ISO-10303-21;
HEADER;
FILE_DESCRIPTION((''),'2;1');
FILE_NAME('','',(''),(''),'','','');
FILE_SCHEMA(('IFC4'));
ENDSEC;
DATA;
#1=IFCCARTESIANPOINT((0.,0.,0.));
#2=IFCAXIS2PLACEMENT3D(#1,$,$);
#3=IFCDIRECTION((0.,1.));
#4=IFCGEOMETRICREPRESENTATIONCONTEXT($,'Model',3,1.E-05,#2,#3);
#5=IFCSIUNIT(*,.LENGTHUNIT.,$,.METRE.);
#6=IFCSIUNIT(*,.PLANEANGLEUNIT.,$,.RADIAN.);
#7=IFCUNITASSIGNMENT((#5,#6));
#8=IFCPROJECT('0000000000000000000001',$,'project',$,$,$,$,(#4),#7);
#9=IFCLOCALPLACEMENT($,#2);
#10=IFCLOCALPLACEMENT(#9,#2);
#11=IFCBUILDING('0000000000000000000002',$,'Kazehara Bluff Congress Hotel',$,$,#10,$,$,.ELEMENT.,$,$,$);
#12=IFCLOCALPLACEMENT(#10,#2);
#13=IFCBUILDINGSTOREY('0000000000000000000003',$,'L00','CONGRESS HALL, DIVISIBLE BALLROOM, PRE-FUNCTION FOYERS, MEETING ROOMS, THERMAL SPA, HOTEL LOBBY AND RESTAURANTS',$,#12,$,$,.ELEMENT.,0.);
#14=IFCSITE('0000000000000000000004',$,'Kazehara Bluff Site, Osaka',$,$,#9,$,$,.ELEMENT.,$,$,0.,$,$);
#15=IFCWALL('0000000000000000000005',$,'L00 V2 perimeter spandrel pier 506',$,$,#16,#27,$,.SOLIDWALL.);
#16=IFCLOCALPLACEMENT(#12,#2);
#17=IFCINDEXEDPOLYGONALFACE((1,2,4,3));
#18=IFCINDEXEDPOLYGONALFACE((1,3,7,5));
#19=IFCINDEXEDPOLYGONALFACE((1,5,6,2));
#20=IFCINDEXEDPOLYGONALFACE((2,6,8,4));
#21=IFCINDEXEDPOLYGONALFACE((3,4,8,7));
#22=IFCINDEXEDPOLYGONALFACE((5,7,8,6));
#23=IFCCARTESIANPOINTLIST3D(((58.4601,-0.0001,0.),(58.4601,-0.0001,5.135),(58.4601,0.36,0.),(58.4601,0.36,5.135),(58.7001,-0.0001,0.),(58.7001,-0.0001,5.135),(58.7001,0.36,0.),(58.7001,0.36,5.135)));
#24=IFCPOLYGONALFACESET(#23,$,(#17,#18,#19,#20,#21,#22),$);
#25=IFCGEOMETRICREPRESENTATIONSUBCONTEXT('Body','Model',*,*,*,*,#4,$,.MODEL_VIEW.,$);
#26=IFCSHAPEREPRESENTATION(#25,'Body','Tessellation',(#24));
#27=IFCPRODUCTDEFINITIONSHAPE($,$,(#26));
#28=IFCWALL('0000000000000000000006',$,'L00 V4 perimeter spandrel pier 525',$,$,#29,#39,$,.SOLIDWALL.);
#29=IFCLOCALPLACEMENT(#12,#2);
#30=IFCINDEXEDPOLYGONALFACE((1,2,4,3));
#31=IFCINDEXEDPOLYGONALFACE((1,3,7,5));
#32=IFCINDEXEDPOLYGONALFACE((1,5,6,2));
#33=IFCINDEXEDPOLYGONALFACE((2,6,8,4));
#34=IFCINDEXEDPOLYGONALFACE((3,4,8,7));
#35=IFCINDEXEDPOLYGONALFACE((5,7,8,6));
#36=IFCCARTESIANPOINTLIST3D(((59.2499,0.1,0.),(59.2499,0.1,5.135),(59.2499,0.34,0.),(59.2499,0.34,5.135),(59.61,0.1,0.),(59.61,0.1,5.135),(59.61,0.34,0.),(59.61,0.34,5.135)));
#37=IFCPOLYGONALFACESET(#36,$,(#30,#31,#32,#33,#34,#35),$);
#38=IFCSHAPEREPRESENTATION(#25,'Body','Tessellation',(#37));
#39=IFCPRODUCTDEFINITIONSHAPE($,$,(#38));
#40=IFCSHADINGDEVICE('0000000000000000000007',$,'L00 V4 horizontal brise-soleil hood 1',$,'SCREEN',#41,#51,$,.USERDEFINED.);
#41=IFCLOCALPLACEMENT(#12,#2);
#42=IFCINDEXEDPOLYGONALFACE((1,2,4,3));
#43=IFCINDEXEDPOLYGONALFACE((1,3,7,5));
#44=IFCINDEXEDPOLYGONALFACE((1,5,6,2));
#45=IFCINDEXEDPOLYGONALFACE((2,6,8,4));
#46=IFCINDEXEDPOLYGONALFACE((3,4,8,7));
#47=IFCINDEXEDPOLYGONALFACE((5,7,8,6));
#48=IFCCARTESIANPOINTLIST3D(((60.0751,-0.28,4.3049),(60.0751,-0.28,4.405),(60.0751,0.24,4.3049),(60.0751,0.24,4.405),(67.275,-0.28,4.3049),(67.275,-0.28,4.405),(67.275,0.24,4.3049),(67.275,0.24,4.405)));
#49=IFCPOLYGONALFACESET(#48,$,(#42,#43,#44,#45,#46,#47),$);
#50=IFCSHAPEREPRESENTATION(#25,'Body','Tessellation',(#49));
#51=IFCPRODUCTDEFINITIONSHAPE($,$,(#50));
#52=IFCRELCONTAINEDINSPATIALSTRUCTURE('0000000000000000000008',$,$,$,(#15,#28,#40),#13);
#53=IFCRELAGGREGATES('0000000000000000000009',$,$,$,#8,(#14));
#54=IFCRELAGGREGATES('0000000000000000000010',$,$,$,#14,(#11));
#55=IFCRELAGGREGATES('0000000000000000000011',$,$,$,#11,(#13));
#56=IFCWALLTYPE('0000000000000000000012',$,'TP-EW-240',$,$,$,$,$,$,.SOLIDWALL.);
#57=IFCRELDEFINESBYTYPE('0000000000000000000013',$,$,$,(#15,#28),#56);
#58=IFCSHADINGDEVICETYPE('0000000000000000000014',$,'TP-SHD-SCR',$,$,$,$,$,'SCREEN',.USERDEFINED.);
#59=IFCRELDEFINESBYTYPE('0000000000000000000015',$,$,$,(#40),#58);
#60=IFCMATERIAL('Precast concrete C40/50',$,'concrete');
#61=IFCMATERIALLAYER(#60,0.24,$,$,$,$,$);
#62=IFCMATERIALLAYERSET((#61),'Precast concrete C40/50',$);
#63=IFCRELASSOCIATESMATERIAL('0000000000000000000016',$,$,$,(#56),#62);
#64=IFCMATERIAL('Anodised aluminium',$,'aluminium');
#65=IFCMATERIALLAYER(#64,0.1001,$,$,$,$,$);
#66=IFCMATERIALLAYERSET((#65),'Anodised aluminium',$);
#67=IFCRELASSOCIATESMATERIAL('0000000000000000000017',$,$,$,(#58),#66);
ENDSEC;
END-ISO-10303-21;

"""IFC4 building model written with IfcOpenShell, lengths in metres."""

from ifc_helpers import new_model, si_unit, direction, frame, frame_2d, origin, origin_2d, place, context, subcontext, project, spatial, rectangle, extrude, material, layer, layer_set, type_object, element, save


model = new_model("IFC4")

# Units and contexts
model_context = context("Model", 3, precision=1e-05, world=origin(), true_north=direction((0.0, 1.0)))
body_context = subcontext(model_context, "Body", "Model", "MODEL_VIEW")
ifc_project = project(units=[si_unit("LENGTHUNIT", "METRE"), si_unit("PLANEANGLEUNIT", "RADIAN")], contexts=[model_context])

# Site, building, storey
site_placement = place(None, origin())
site = spatial("IfcSite", under=ifc_project, at=site_placement, Name="Kazehara Bluff Site, Osaka", CompositionType="ELEMENT", RefElevation=0.0)
building_placement = place(site_placement, origin())
building = spatial("IfcBuilding", under=site, at=building_placement, Name="Kazehara Bluff Congress Hotel", CompositionType="ELEMENT")
storey_placement = place(building_placement, origin())
storey = spatial("IfcBuildingStorey", under=building, at=storey_placement, Name="L00", Description="CONGRESS HALL, DIVISIBLE BALLROOM, PRE-FUNCTION FOYERS, MEETING ROOMS, THERMAL SPA, HOTEL LOBBY AND RESTAURANTS", CompositionType="ELEMENT", Elevation=0.0)

# Walls
ifc_material_1 = material(Name="Precast concrete C40/50", Category="concrete")
ifc_layer_1 = layer(ifc_material_1, 0.24)
ifc_layer_set_1 = layer_set([ifc_layer_1], Name="Precast concrete C40/50")
wall_type = type_object("IfcWallType", Name="TP-EW-240", PredefinedType="SOLIDWALL", material=ifc_layer_set_1)
for number, where, z_axis, x_axis, name in (
    (1, (58.5801, 0.3601, 0.0), (0.0, 0.0, 1.0), (0.0, -1.0, 0.0), "L00 V2 perimeter spandrel pier 506"),
    (2, (59.6101, 0.22, 0.0), (0.0, 0.0, 1.0), (-1.0, 0.0, 0.0), "L00 V4 perimeter spandrel pier 525"),
):
    element("IfcWall", number, at=place(storey_placement, frame(where, z_axis=z_axis, x_axis=x_axis)), inside=storey, type_object=wall_type, Name=name, PredefinedType="SOLIDWALL", context=body_context, shape_type="SweptSolid", body=[
        extrude(rectangle(XDim=0.3601, YDim=0.24, at=frame_2d((0.1802, 0.0))), origin(), (0.0, 0.0, 1.0), 5.135),
    ])

# Shading device
ifc_material_2 = material(Name="Anodised aluminium", Category="aluminium")
ifc_layer_2 = layer(ifc_material_2, 0.1001)
ifc_layer_set_2 = layer_set([ifc_layer_2], Name="Anodised aluminium")
shading_device_type = type_object("IfcShadingDeviceType", Name="TP-SHD-SCR", ElementType="SCREEN", PredefinedType="USERDEFINED", material=ifc_layer_set_2)
shading_device_placement = place(storey_placement, frame((63.675, -0.02, 4.3049), z_axis=(0.0, 0.0, 1.0), x_axis=(1.0, 0.0, 0.0)))
element("IfcShadingDevice", 3, at=shading_device_placement, inside=storey, type_object=shading_device_type, Name="L00 V4 horizontal brise-soleil hood 1", ObjectType="SCREEN", PredefinedType="USERDEFINED", context=body_context, shape_type="SweptSolid", body=[
    extrude(rectangle(XDim=7.2, YDim=0.52, at=origin_2d()), origin(), (0.0, 0.0, 1.0), 0.1001),
])

save(model, "model.ifc")
